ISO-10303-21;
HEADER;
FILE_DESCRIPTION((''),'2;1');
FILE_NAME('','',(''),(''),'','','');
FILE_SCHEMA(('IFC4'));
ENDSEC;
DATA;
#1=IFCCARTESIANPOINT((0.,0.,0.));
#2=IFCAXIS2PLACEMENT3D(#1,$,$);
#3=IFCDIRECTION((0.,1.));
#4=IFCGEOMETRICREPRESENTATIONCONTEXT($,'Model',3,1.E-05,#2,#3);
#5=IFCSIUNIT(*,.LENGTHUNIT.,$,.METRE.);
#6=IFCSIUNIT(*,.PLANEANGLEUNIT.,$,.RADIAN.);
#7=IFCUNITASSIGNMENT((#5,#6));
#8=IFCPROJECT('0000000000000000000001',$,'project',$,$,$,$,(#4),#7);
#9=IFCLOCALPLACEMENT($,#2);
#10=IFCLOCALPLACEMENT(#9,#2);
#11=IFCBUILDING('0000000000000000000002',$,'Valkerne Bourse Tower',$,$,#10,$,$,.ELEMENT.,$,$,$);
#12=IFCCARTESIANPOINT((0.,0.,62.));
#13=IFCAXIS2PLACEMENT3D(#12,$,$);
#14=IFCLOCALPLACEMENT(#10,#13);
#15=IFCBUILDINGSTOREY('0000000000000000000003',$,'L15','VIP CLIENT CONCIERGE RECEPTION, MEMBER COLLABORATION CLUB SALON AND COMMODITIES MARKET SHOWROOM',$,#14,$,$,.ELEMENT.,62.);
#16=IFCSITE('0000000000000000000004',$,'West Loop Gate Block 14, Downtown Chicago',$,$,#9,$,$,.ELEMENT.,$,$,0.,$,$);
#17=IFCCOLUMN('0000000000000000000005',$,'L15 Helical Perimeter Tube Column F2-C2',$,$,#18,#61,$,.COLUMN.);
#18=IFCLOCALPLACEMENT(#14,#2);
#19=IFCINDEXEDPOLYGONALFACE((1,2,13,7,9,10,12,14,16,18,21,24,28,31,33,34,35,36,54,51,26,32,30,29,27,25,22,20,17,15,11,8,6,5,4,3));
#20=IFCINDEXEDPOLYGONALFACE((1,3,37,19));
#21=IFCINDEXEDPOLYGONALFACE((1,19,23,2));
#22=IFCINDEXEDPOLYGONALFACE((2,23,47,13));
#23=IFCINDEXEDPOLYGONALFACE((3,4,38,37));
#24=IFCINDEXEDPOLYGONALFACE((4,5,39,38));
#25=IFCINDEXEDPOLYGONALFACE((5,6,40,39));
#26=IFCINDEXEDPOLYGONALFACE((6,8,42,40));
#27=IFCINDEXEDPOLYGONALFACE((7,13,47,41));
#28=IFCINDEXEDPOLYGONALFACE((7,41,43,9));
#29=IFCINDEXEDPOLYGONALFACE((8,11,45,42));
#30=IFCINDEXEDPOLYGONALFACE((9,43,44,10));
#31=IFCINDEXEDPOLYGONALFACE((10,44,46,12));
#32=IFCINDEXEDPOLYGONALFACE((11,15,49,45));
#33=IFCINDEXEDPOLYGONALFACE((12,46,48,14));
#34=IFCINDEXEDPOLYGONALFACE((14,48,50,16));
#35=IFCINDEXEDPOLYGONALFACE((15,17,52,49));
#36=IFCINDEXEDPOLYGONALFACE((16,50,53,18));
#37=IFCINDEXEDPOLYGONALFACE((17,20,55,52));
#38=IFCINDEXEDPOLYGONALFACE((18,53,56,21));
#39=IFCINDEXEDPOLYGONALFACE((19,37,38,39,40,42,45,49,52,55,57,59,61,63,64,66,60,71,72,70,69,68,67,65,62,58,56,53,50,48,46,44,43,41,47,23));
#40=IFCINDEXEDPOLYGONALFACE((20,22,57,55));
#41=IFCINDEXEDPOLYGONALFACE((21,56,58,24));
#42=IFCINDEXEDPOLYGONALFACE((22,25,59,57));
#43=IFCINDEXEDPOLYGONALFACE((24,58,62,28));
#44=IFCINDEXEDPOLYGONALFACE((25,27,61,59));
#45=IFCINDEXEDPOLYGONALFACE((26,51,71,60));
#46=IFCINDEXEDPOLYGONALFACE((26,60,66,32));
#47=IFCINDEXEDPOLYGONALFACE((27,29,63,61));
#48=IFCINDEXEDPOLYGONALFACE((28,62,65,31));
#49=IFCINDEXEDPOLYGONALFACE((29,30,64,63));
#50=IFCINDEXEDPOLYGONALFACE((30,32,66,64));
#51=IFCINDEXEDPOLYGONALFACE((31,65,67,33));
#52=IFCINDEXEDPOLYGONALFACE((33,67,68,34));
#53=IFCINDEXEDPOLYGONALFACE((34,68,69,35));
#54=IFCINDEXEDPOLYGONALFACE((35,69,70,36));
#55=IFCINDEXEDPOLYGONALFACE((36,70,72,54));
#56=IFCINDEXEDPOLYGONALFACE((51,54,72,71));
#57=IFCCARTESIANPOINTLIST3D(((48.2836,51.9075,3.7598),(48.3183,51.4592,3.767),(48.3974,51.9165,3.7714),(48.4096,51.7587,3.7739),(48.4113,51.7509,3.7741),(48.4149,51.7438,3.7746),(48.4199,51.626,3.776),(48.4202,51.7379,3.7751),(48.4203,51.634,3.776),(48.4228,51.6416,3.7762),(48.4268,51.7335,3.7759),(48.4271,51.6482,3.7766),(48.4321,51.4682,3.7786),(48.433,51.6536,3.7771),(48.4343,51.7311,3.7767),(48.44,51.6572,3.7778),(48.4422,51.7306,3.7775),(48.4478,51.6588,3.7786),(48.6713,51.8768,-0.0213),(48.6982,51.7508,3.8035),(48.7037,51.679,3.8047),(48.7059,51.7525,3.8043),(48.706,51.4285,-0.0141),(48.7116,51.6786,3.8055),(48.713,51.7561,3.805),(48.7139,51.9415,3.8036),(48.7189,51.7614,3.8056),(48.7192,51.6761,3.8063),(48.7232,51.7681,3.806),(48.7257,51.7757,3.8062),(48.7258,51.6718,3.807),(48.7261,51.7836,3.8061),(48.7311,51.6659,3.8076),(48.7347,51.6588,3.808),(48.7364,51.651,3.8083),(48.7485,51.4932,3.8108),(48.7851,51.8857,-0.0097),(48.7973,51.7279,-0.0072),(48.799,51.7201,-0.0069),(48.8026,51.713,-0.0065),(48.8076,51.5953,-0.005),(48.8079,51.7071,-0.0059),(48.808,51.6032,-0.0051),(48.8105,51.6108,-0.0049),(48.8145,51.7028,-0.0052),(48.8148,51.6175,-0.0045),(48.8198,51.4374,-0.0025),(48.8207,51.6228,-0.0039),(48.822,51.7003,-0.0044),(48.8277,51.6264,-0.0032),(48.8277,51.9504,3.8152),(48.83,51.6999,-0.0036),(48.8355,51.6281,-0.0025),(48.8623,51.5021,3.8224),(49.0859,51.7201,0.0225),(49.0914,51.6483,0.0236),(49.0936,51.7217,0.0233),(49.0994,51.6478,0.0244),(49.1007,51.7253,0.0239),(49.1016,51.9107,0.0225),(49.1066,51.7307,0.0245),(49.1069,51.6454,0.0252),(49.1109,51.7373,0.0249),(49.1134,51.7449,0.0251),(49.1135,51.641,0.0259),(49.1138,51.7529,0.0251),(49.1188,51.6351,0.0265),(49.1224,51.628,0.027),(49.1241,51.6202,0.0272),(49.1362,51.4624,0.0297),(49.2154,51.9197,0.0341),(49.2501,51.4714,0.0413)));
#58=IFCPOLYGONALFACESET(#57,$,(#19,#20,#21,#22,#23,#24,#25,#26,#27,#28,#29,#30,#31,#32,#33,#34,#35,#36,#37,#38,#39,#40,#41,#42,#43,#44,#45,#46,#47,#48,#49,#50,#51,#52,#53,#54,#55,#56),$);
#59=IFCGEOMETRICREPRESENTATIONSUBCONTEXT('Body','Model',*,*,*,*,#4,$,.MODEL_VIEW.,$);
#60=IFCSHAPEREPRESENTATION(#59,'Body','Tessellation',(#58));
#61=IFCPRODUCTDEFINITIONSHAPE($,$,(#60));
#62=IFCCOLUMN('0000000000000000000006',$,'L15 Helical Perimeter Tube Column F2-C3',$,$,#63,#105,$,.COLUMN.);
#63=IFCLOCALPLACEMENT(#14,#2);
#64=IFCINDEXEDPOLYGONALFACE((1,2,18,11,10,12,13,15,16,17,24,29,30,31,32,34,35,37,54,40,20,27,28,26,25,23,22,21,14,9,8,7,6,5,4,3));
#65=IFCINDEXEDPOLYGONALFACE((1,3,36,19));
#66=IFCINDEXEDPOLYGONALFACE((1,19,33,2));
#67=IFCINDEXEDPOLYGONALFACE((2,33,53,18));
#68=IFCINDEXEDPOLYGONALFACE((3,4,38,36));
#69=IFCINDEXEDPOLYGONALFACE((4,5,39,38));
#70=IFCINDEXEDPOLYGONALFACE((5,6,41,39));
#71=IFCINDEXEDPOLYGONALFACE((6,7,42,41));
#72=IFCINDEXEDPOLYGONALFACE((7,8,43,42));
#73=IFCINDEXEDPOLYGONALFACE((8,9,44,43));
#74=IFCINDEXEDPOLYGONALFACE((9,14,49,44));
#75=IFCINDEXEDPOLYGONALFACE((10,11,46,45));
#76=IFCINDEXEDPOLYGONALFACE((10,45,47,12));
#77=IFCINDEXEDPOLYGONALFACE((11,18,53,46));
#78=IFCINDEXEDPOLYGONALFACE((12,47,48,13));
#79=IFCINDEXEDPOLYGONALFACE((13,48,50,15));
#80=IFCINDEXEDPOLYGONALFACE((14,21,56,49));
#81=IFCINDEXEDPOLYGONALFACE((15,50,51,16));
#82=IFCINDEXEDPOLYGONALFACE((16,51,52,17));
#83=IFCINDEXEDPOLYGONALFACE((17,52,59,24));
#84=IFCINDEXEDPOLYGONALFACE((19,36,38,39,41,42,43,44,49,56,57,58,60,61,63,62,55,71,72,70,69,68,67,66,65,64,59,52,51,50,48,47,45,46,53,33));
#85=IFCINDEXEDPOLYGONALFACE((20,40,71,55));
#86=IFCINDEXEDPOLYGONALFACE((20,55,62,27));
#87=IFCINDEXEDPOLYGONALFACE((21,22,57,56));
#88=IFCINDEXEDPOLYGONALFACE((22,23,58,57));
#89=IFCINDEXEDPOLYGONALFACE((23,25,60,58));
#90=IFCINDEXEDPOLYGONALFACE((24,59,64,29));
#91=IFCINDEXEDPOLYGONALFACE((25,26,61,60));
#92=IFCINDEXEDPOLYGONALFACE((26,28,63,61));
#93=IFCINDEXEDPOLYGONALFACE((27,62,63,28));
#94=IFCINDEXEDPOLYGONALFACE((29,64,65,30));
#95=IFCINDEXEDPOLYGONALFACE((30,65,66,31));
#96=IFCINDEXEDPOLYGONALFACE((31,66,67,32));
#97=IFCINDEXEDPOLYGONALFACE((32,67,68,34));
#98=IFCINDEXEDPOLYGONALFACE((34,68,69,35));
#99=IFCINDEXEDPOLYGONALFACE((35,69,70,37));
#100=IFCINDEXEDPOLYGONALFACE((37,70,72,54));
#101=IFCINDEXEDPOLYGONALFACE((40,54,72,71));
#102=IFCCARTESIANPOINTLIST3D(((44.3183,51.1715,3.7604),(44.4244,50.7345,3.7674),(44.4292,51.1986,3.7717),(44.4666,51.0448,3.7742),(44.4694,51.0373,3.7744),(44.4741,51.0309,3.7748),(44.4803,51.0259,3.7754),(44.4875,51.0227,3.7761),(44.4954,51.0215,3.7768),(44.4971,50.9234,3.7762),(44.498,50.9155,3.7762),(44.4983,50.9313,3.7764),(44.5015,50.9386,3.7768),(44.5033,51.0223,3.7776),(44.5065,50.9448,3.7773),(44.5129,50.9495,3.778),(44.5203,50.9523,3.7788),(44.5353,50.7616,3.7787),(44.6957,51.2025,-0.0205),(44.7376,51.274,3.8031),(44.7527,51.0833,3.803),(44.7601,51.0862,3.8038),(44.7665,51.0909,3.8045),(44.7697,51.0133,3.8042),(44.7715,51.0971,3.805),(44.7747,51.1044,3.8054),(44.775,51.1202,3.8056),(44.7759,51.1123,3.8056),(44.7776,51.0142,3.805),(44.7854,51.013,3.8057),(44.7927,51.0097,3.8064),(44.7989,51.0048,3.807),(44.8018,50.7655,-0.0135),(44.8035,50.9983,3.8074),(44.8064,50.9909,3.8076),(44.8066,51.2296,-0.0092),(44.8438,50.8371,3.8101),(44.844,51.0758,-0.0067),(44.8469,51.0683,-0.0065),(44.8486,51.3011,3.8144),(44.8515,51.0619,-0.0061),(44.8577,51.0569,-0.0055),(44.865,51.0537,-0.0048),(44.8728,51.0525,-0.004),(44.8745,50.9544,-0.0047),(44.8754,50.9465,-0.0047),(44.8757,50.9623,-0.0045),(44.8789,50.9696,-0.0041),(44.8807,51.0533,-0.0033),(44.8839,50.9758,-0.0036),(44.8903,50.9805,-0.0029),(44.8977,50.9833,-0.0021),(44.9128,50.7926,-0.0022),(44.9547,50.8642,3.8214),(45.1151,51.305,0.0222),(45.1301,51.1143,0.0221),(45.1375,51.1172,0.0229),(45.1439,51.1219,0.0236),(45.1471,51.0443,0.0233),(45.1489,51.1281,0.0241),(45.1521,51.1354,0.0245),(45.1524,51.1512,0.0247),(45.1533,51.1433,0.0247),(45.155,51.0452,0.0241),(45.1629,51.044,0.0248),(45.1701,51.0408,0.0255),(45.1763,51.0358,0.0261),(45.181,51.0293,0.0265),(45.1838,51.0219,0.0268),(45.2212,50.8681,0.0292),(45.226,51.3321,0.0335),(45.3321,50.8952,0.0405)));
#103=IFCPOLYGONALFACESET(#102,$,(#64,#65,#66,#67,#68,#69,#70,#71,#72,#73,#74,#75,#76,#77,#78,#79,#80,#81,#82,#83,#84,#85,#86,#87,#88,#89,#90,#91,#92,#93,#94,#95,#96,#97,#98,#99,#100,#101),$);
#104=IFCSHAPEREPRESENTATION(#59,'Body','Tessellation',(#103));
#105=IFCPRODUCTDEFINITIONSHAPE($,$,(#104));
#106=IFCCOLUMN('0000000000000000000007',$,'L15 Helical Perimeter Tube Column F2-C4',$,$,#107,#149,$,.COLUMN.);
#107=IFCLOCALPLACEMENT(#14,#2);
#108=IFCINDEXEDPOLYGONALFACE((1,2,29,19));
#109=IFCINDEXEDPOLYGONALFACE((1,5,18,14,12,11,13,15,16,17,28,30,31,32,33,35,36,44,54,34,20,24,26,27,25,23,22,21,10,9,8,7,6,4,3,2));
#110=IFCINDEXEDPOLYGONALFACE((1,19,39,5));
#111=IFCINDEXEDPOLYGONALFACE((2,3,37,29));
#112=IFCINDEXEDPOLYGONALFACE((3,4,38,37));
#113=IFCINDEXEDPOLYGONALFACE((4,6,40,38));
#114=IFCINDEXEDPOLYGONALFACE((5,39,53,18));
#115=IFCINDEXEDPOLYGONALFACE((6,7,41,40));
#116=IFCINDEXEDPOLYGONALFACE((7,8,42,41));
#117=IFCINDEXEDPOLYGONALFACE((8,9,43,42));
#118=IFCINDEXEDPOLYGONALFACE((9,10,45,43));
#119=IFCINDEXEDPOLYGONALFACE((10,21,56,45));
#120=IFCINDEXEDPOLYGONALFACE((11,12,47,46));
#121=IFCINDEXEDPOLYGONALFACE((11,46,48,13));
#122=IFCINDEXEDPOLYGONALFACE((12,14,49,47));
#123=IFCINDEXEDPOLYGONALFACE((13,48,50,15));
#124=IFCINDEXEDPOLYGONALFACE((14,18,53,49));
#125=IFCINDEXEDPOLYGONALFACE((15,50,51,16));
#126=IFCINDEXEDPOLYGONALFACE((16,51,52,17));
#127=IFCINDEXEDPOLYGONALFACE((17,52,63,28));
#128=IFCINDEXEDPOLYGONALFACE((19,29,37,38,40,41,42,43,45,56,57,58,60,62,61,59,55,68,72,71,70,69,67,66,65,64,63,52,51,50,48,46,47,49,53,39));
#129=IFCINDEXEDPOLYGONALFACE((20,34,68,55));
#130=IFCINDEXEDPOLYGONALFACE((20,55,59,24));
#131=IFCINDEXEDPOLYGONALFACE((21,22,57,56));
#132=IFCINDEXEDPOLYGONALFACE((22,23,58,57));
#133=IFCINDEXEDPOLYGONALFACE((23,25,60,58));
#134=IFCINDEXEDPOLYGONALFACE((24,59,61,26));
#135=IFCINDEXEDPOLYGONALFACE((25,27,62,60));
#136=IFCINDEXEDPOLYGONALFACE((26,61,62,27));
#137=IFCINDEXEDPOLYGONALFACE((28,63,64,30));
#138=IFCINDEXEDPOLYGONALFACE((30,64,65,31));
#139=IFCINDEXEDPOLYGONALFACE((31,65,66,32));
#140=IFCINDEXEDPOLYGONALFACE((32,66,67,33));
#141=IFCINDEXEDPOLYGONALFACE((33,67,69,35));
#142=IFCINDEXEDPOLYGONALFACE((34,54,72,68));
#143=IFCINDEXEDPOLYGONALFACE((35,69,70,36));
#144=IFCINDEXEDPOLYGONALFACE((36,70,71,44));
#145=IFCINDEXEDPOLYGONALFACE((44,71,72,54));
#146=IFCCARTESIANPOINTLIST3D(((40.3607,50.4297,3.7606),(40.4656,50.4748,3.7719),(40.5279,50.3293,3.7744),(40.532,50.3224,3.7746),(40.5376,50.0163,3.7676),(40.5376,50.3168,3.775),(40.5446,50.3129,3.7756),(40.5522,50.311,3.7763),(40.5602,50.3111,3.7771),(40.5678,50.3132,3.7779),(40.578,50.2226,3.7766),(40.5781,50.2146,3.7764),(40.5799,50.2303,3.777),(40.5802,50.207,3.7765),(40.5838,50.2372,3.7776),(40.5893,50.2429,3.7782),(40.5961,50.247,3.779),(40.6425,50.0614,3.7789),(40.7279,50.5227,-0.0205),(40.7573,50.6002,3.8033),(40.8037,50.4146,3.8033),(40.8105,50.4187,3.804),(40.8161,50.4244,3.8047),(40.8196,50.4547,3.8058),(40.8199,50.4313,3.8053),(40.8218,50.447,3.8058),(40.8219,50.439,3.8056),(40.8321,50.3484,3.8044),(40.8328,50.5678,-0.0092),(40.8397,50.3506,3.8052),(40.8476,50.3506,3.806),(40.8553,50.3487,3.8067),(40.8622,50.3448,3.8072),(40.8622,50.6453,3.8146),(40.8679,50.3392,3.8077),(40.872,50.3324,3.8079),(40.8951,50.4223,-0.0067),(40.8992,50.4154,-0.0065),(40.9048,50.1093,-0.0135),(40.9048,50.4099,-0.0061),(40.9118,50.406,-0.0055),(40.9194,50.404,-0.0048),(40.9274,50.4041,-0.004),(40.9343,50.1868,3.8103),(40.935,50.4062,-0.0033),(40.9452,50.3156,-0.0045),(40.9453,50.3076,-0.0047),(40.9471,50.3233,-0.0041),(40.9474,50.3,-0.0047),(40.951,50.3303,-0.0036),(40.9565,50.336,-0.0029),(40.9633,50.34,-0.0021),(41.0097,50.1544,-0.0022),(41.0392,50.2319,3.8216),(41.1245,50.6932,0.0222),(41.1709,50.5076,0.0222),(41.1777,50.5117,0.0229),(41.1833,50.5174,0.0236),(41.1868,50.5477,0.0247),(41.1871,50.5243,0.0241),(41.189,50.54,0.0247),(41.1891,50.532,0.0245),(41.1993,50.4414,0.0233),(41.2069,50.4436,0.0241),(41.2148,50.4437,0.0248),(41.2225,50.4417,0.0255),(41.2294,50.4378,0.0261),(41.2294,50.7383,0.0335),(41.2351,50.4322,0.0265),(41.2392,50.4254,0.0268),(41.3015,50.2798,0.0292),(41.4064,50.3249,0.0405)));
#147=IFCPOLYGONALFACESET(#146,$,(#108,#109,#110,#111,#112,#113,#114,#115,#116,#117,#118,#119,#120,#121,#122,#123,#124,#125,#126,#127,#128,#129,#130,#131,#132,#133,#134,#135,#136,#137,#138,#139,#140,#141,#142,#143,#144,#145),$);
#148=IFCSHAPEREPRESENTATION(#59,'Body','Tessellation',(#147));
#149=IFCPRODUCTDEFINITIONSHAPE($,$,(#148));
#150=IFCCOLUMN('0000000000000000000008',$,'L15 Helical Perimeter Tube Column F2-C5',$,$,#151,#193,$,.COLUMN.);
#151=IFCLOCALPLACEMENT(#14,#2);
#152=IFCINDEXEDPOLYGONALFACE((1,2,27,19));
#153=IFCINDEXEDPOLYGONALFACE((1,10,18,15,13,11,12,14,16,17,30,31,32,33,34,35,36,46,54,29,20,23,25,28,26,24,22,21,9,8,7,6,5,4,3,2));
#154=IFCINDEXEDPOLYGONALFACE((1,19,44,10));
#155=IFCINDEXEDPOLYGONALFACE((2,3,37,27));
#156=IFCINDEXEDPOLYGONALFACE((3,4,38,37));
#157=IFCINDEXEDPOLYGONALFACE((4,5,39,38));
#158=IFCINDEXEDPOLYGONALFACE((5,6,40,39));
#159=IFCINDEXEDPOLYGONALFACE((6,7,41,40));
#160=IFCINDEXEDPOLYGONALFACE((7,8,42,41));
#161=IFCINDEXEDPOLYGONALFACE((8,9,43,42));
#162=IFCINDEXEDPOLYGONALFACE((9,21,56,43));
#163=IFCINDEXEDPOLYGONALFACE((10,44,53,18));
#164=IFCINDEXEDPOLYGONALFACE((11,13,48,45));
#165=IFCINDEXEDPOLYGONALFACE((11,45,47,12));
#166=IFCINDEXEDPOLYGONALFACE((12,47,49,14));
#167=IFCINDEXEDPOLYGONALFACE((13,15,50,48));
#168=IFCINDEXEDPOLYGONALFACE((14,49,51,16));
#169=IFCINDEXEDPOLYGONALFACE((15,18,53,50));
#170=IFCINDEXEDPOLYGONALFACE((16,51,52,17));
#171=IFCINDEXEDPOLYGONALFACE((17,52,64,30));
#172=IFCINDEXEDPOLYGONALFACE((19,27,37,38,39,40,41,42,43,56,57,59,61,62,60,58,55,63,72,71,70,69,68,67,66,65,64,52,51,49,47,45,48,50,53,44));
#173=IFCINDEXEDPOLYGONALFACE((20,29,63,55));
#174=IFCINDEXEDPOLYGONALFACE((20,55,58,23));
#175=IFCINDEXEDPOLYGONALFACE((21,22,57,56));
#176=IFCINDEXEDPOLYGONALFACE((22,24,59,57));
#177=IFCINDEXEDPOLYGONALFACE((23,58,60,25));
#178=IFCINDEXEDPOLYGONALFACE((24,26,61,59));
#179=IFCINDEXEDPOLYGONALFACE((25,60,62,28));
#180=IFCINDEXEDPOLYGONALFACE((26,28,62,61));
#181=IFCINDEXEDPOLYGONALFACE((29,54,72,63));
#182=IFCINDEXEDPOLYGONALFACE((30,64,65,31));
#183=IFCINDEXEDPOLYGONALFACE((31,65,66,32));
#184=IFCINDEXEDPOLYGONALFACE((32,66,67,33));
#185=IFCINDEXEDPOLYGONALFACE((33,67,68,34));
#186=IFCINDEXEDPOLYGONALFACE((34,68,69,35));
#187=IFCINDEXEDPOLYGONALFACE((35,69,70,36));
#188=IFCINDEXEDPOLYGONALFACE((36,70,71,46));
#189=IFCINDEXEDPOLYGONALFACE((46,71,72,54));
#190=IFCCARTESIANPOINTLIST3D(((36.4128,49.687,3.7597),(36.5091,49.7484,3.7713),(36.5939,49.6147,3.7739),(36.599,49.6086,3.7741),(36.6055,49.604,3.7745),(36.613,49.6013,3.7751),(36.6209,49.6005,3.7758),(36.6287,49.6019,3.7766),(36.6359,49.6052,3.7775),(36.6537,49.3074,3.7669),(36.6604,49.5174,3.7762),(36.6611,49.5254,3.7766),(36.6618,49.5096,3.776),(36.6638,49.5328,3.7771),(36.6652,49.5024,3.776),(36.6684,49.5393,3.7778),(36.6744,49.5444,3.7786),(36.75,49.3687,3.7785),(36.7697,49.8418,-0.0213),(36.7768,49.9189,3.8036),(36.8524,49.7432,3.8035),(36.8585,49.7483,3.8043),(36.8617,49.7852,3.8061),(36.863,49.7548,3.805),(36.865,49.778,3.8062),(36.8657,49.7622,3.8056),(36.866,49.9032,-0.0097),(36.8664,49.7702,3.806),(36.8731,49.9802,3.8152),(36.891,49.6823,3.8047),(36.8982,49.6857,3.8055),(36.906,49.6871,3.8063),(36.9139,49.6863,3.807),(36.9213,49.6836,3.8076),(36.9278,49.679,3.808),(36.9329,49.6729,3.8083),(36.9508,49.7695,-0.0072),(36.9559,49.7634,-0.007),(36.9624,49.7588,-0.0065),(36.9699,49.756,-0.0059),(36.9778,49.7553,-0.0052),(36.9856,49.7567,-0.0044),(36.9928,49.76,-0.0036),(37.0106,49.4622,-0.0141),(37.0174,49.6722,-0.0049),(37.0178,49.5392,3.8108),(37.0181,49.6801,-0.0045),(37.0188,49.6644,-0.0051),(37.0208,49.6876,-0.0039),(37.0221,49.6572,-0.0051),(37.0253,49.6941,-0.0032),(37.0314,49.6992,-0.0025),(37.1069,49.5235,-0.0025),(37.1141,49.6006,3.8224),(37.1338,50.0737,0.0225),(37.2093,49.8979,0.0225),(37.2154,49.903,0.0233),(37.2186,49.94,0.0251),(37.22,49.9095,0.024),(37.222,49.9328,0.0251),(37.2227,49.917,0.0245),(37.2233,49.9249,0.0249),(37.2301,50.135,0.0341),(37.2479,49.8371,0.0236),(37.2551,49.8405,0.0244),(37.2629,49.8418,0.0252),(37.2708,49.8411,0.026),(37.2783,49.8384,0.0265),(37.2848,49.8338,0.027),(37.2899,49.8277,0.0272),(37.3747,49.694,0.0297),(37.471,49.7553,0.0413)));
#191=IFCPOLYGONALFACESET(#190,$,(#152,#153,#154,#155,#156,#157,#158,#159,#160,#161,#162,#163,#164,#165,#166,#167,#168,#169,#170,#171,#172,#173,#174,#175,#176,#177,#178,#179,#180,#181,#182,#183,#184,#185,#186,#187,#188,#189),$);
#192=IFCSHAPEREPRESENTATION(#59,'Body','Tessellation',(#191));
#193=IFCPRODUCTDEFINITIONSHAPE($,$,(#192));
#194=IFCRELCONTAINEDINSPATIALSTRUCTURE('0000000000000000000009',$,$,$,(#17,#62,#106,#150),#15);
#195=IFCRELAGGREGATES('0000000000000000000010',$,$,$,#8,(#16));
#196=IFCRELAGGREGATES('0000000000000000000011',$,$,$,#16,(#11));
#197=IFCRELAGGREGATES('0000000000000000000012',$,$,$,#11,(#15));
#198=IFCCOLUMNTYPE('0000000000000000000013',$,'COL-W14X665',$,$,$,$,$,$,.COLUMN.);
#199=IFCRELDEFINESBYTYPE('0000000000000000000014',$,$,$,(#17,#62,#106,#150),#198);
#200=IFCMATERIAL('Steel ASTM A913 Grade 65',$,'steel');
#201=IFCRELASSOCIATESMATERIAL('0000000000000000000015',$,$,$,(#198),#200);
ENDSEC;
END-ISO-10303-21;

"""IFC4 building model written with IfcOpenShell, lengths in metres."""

from ifc_helpers import new_model, si_unit, direction, frame, origin, origin_2d, place, context, subcontext, project, spatial, i_section, extrude, material, material_profile, profile_set, type_object, element, save


model = new_model("IFC4")

# Units and contexts
model_context = context("Model", 3, precision=1e-05, world=origin(), true_north=direction((0.0, 1.0)))
body_context = subcontext(model_context, "Body", "Model", "MODEL_VIEW")
ifc_project = project(units=[si_unit("LENGTHUNIT", "METRE"), si_unit("PLANEANGLEUNIT", "RADIAN")], contexts=[model_context])

# Site, building, storey
site_placement = place(None, origin())
site = spatial("IfcSite", under=ifc_project, at=site_placement, Name="West Loop Gate Block 14, Downtown Chicago", CompositionType="ELEMENT", RefElevation=0.0)
building_placement = place(site_placement, origin())
building = spatial("IfcBuilding", under=site, at=building_placement, Name="Valkerne Bourse Tower", CompositionType="ELEMENT")
storey_placement = place(building_placement, frame((0.0, 0.0, 62.0)))
storey = spatial("IfcBuildingStorey", under=building, at=storey_placement, Name="L15", Description="VIP CLIENT CONCIERGE RECEPTION, MEMBER COLLABORATION CLUB SALON AND COMMODITIES MARKET SHOWROOM", CompositionType="ELEMENT", Elevation=62.0)

# Columns
ifc_material_1 = material(Name="Steel ASTM A913 Grade 65", Category="steel")
ifc_material_profile_1 = material_profile(ifc_material_1, i_section(OverallWidth=0.4497, OverallDepth=0.5486, WebThickness=0.072, FlangeThickness=0.1147, FilletRadius=0.0305, at=origin_2d()), Name="W14X665")
ifc_profile_set_1 = profile_set([ifc_material_profile_1], Name="Steel ASTM A913 Grade 65")
column_type = type_object("IfcColumnType", Name="COL-W14X665", PredefinedType="COLUMN", material=ifc_profile_set_1)
column_1_placement = place(storey_placement, frame((48.9607, 51.6741, 0.01), z_axis=(-0.101999, 0.008093, 0.994752), x_axis=(-0.077003, 0.996902, -0.016006)))
element("IfcColumn", 1, at=column_1_placement, inside=storey, type_object=column_type, Name="L15 Helical Perimeter Tube Column F2-C2", PredefinedType="COLUMN", context=body_context, shape_type="SweptSolid", body=[
    extrude(i_section(OverallWidth=0.4497, OverallDepth=0.5486, WebThickness=0.072, FlangeThickness=0.1147, FilletRadius=0.0305, at=origin_2d()), origin(), (0.0, 0.0, 1.0), 3.801),
])
column_2_placement = place(storey_placement, frame((45.0139, 51.0488, 0.01), z_axis=(-0.099329, -0.00816, 0.995021), x_axis=(-0.235997, 0.971629, -0.015591)))
element("IfcColumn", 2, at=column_2_placement, inside=storey, type_object=column_type, Name="L15 Helical Perimeter Tube Column F2-C3", PredefinedType="COLUMN", context=body_context, shape_type="SweptSolid", body=[
    extrude(i_section(OverallWidth=0.4497, OverallDepth=0.5486, WebThickness=0.072, FlangeThickness=0.1147, FilletRadius=0.0305, at=origin_2d()), origin(), (0.0, 0.0, 1.0), 3.7998),
])
column_3_placement = place(storey_placement, frame((41.0671, 50.4238, 0.01), z_axis=(-0.09663, -0.024479, 0.995019), x_axis=(-0.393433, 0.919221, -0.015594)))
element("IfcColumn", 3, at=column_3_placement, inside=storey, type_object=column_type, Name="L15 Helical Perimeter Tube Column F2-C4", PredefinedType="COLUMN", context=body_context, shape_type="SweptSolid", body=[
    extrude(i_section(OverallWidth=0.4497, OverallDepth=0.5486, WebThickness=0.072, FlangeThickness=0.1147, FilletRadius=0.0305, at=origin_2d()), origin(), (0.0, 0.0, 1.0), 3.8),
])
column_4_placement = place(storey_placement, frame((37.1204, 49.7986, 0.01), z_axis=(-0.093906, -0.040723, 0.994748), x_axis=(-0.535723, 0.844242, -0.016012)))
element("IfcColumn", 4, at=column_4_placement, inside=storey, type_object=column_type, Name="L15 Helical Perimeter Tube Column F2-C5", PredefinedType="COLUMN", context=body_context, shape_type="SweptSolid", body=[
    extrude(i_section(OverallWidth=0.4497, OverallDepth=0.5486, WebThickness=0.072, FlangeThickness=0.1147, FilletRadius=0.0305, at=origin_2d()), origin(), (0.0, 0.0, 1.0), 3.801),
])

save(model, "model.ifc")
